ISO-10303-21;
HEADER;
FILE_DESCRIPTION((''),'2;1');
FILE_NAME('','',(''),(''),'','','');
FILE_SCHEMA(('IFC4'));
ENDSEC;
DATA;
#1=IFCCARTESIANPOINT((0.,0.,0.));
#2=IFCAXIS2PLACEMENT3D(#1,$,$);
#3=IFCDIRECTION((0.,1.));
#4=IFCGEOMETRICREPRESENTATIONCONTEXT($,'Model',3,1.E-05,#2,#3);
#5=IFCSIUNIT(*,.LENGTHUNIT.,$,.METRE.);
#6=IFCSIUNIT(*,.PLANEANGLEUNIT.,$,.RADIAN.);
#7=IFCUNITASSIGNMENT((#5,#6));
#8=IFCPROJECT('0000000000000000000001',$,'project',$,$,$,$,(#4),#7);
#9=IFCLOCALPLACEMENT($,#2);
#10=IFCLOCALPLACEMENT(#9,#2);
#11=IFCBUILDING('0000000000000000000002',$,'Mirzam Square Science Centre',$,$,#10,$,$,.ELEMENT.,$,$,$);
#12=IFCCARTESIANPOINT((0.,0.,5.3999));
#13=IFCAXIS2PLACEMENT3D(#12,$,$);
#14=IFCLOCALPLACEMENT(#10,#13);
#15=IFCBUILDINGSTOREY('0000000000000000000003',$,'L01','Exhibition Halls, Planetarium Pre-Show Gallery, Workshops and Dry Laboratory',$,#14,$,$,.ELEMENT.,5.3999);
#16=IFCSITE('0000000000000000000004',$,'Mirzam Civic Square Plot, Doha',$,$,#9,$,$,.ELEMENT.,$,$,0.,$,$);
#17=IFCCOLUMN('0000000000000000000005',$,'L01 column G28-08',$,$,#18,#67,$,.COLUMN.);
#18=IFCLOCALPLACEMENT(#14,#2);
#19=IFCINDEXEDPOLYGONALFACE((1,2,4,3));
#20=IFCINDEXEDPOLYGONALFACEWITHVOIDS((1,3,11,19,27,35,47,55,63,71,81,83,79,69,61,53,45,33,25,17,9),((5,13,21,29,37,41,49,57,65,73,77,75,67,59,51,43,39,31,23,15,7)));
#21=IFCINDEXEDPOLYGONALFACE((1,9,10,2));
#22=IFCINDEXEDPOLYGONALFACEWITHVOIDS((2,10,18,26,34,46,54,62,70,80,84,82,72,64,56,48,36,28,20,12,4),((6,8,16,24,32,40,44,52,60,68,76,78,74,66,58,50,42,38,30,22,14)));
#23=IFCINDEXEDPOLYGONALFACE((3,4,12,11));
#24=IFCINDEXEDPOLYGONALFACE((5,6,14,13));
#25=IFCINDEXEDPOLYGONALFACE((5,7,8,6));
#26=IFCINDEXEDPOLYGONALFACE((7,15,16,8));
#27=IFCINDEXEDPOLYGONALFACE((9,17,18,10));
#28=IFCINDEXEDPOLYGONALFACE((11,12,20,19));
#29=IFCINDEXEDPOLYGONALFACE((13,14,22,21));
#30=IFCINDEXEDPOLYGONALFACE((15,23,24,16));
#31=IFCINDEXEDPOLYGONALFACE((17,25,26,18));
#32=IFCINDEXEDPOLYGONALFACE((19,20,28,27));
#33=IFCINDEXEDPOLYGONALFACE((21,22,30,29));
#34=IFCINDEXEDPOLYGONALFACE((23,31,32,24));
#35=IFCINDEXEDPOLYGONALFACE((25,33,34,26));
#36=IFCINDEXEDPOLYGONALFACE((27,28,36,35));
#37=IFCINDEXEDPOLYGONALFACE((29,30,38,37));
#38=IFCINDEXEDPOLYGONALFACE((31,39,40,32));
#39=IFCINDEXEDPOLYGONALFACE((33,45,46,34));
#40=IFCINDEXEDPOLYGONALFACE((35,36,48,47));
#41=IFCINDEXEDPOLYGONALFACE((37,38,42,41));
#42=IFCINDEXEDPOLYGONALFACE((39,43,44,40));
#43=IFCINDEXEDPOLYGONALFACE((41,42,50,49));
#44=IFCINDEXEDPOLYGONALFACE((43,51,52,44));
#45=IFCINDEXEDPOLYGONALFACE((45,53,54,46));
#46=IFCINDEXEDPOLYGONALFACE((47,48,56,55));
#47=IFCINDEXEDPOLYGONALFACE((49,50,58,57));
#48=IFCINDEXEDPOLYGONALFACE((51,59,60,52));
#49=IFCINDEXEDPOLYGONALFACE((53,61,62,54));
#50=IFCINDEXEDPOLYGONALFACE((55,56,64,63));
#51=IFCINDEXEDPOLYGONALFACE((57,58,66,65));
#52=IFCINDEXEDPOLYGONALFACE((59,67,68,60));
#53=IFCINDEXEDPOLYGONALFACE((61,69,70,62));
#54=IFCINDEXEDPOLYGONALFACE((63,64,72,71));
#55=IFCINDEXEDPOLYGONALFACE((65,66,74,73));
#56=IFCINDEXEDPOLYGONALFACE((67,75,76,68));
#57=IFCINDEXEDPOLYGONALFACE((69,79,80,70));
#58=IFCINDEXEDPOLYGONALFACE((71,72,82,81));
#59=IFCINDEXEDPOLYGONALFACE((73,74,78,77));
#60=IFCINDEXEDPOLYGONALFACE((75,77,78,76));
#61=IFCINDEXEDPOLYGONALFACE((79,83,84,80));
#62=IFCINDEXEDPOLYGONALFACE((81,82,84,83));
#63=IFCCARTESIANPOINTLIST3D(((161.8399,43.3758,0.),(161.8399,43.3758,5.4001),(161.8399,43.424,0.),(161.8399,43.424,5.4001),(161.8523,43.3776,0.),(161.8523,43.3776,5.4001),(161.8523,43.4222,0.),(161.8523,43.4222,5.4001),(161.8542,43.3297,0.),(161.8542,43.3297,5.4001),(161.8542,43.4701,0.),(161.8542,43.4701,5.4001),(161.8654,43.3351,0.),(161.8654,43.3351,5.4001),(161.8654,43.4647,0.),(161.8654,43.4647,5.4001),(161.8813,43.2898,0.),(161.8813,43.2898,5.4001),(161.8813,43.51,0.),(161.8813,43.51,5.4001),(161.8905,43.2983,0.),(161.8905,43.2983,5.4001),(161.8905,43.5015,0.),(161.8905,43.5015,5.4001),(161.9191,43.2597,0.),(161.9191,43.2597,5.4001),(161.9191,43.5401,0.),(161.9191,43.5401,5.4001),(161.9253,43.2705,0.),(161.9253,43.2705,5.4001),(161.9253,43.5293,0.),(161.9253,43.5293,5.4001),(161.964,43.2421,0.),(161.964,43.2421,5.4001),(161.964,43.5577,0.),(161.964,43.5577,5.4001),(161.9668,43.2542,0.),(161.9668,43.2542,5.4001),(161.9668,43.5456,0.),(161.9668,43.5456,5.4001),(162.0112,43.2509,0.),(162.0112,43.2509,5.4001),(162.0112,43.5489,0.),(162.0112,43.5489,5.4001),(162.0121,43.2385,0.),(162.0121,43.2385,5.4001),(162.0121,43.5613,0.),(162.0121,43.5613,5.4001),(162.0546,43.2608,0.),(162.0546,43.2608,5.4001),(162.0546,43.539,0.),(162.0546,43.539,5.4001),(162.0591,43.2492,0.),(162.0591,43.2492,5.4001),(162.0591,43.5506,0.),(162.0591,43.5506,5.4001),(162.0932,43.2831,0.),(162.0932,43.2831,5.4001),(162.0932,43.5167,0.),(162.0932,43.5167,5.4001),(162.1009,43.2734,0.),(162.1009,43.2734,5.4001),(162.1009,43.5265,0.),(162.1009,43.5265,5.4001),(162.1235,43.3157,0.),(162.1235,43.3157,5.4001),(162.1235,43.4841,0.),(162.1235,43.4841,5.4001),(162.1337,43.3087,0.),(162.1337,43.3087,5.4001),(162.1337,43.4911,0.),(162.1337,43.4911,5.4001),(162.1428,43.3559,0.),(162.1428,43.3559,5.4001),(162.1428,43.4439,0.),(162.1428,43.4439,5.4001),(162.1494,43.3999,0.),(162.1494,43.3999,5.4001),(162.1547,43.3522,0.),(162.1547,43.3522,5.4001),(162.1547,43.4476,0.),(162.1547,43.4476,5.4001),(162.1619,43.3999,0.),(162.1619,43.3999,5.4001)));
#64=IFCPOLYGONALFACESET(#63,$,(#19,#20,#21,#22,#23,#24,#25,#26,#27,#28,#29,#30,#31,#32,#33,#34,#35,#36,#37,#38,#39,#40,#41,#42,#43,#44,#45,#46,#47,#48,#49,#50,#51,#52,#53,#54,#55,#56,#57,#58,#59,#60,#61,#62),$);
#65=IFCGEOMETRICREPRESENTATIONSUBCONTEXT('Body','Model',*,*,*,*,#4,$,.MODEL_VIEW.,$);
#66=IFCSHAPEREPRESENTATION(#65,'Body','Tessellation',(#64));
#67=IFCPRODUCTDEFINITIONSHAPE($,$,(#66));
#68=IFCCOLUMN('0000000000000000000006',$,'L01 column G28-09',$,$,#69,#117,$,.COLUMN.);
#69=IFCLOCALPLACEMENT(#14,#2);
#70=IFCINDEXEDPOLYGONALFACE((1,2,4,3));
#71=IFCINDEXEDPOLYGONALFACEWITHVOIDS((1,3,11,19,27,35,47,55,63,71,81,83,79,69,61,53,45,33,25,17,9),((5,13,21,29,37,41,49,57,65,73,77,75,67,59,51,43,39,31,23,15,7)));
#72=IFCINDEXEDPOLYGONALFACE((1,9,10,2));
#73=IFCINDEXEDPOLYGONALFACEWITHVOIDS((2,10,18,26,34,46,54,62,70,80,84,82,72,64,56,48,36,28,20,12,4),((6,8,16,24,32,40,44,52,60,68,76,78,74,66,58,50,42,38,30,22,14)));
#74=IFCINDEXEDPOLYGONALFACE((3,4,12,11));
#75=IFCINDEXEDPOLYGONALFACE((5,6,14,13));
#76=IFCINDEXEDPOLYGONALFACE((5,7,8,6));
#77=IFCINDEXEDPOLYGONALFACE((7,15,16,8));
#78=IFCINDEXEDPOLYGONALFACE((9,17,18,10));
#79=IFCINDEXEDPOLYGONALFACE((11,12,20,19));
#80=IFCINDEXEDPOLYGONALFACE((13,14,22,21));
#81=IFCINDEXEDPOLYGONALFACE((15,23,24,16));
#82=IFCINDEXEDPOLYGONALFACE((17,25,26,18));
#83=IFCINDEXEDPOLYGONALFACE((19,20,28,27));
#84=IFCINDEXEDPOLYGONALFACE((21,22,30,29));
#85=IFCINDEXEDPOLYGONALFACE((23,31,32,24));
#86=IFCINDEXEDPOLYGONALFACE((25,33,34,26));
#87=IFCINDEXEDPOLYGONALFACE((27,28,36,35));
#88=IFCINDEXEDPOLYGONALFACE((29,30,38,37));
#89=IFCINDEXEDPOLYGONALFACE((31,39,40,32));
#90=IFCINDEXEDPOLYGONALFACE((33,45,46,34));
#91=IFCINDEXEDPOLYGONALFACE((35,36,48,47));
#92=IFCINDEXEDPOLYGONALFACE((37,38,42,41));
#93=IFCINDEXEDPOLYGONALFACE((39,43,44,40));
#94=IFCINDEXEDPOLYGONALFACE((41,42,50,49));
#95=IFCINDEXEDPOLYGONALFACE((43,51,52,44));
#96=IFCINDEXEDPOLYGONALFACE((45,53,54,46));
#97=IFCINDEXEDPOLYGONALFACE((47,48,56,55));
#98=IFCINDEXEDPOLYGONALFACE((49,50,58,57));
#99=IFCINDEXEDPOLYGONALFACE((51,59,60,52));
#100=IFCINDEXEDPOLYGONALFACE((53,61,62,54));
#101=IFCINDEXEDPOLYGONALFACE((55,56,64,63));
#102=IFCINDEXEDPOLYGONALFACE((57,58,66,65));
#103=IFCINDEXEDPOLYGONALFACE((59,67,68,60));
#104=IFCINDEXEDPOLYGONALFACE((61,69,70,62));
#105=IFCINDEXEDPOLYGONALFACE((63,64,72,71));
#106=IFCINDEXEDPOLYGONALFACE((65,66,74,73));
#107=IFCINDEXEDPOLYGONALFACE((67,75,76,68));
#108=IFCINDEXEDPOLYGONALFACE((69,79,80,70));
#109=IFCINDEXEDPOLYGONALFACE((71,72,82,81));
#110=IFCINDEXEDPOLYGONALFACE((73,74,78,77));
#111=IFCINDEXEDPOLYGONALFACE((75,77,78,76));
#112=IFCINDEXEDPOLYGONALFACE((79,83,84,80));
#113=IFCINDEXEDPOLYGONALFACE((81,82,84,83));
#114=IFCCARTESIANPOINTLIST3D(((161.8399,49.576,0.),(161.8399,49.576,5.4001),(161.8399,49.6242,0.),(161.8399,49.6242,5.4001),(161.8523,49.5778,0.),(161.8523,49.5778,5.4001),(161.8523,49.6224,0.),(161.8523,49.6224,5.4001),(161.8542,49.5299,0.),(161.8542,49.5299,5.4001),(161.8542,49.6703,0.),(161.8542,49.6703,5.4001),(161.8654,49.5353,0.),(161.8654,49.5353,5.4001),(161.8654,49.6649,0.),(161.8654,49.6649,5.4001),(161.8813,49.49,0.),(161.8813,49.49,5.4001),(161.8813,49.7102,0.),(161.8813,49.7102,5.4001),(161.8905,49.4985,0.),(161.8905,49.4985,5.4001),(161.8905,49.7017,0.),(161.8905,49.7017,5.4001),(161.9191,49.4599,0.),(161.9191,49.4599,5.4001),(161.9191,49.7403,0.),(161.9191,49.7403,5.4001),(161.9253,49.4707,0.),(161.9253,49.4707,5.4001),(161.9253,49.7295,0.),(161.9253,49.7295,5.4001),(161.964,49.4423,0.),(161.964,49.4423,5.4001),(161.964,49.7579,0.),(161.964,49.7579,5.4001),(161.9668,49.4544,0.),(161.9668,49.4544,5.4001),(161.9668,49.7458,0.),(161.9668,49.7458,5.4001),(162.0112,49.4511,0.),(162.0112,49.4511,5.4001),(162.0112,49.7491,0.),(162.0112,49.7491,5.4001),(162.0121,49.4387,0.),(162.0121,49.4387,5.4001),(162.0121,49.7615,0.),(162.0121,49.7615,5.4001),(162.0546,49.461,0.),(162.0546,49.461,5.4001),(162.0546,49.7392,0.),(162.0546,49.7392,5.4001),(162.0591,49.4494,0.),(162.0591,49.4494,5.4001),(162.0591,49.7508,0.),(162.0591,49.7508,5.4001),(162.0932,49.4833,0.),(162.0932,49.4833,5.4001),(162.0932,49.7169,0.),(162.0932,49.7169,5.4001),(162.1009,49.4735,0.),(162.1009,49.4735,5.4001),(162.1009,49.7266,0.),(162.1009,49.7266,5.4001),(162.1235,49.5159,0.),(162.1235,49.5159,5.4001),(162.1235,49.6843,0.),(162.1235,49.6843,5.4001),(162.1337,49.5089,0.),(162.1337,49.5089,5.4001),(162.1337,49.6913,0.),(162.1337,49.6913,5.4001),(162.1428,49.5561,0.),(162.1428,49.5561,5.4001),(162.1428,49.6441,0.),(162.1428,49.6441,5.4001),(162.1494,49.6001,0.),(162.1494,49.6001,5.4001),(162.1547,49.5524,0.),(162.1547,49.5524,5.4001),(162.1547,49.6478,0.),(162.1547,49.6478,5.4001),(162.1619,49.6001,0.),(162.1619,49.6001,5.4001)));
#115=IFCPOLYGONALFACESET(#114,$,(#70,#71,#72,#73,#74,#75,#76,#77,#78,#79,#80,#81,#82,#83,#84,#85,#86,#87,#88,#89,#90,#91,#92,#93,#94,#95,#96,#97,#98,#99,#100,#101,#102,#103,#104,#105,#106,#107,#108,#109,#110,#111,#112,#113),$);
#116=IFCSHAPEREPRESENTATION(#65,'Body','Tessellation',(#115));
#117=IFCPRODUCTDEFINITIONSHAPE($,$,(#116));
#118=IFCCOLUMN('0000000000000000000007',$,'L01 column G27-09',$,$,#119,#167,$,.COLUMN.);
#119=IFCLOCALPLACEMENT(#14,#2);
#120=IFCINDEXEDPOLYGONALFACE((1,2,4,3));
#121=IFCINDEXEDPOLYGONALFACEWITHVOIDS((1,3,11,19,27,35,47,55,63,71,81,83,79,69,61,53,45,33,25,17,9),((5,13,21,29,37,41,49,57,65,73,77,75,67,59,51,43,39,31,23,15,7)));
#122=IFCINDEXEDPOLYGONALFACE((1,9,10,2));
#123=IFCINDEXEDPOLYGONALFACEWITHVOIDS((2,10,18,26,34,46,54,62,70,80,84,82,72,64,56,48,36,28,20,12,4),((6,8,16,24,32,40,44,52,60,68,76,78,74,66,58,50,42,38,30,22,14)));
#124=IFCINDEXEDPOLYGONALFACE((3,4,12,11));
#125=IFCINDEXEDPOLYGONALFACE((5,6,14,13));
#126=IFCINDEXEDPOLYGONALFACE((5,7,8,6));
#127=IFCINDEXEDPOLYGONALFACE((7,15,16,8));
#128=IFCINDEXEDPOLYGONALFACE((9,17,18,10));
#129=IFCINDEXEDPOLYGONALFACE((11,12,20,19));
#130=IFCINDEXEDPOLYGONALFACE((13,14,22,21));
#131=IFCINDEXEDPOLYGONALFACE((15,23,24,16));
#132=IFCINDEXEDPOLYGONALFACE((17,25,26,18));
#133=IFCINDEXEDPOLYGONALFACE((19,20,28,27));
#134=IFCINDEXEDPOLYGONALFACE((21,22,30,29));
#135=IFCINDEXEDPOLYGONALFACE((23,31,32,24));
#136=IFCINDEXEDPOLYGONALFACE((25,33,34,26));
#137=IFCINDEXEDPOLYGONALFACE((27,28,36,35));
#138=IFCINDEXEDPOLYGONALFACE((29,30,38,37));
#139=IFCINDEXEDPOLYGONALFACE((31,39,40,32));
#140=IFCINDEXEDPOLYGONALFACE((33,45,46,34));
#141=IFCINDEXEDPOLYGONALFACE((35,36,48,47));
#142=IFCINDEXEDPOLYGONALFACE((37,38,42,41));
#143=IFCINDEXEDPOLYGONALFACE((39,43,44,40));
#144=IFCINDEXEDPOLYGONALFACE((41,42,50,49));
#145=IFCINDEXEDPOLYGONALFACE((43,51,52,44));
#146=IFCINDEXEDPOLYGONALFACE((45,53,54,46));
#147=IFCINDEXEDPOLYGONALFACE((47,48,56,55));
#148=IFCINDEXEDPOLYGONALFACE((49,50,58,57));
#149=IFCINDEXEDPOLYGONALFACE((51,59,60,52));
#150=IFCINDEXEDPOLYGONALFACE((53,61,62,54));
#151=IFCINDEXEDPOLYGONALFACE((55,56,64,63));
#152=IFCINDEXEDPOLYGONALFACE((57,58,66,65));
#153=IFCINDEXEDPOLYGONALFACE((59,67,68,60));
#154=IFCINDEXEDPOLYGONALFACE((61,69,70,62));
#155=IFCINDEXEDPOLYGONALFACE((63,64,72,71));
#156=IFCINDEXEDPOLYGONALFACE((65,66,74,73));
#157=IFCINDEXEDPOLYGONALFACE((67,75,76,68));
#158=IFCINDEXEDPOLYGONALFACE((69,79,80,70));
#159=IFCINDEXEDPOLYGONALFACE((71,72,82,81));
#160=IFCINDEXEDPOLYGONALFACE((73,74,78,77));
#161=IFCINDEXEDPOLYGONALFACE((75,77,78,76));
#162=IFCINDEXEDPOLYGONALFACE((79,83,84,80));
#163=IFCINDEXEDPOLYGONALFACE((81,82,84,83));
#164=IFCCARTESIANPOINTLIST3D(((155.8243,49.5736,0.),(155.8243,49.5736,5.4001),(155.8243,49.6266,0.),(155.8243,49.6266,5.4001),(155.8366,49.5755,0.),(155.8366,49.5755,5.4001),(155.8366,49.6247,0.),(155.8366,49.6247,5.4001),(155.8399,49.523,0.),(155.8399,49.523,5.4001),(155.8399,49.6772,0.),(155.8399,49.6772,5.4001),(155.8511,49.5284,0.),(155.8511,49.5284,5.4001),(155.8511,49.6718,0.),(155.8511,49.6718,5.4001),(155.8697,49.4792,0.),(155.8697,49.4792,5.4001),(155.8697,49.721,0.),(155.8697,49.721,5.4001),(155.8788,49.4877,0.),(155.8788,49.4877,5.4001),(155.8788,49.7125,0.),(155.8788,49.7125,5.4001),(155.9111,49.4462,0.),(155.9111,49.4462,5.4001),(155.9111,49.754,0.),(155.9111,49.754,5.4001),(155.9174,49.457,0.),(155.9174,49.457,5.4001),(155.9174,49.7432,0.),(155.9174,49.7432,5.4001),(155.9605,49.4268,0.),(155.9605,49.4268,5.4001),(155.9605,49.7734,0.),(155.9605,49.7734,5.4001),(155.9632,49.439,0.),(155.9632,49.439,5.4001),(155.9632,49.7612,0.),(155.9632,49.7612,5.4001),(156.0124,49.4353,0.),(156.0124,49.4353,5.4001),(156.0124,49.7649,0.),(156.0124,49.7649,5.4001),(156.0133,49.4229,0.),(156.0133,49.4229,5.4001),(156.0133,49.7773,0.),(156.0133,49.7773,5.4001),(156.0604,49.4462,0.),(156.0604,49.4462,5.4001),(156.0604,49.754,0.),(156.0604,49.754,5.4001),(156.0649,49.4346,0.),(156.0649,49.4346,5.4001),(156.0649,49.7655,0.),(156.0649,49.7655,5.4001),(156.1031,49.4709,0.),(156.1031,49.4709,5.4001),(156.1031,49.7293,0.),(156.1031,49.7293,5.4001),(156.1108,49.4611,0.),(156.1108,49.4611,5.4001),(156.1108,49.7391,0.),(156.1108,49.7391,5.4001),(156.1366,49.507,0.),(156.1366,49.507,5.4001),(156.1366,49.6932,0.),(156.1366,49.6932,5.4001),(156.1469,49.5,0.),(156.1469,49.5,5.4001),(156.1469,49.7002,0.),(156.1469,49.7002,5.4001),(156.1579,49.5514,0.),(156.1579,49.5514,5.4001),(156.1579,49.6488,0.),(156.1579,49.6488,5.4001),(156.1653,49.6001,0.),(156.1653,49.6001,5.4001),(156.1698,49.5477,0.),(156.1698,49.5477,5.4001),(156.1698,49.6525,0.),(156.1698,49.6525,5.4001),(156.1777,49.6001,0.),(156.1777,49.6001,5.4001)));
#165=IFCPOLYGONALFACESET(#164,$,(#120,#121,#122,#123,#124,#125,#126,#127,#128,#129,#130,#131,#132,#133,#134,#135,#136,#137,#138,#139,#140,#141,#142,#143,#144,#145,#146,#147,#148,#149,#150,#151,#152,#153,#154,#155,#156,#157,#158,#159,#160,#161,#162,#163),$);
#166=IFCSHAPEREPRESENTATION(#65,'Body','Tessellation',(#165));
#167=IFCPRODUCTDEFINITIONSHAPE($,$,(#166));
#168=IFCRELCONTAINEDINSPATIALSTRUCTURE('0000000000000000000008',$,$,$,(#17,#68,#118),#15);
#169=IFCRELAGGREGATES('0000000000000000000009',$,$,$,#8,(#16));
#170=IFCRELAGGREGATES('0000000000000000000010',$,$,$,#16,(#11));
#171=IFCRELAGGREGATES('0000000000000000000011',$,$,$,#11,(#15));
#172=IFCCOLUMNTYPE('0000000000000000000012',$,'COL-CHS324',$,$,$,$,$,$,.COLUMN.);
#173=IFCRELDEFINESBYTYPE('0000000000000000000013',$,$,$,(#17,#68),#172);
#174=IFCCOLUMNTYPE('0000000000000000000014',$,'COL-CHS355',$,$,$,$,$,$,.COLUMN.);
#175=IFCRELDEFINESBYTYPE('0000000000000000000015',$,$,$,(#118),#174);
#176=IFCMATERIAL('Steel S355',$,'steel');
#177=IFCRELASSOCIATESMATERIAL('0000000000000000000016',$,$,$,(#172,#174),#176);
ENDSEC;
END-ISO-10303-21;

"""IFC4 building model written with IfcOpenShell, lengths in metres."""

from ifc_helpers import new_model, si_unit, direction, frame, origin, origin_2d, place, context, subcontext, project, spatial, hollow_circle, extrude, material, material_profile, profile_set, type_object, element, save


model = new_model("IFC4")

# Units and contexts
model_context = context("Model", 3, precision=1e-05, world=origin(), true_north=direction((0.0, 1.0)))
body_context = subcontext(model_context, "Body", "Model", "MODEL_VIEW")
ifc_project = project(units=[si_unit("LENGTHUNIT", "METRE"), si_unit("PLANEANGLEUNIT", "RADIAN")], contexts=[model_context])

# Site, building, storey
site_placement = place(None, origin())
site = spatial("IfcSite", under=ifc_project, at=site_placement, Name="Mirzam Civic Square Plot, Doha", CompositionType="ELEMENT", RefElevation=0.0)
building_placement = place(site_placement, origin())
building = spatial("IfcBuilding", under=site, at=building_placement, Name="Mirzam Square Science Centre", CompositionType="ELEMENT")
storey_placement = place(building_placement, frame((0.0, 0.0, 5.3999)))
storey = spatial("IfcBuildingStorey", under=building, at=storey_placement, Name="L01", Description="Exhibition Halls, Planetarium Pre-Show Gallery, Workshops and Dry Laboratory", CompositionType="ELEMENT", Elevation=5.3999)

# Columns
ifc_material_1 = material(Name="Steel S355", Category="steel")
ifc_material_profile_1 = material_profile(ifc_material_1, hollow_circle(Radius=0.1619, WallThickness=0.0125, at=origin_2d()), Name="323.9x12.5CHS")
ifc_profile_set_1 = profile_set([ifc_material_profile_1], Name="Steel S355")
column_type_1 = type_object("IfcColumnType", Name="COL-CHS324", PredefinedType="COLUMN", material=ifc_profile_set_1)
for number, where, z_axis, x_axis, name in (
    (1, (162.0, 43.3999, 0.0), (0.0, 0.0, 1.0), (1.0, 0.0, 0.0), "L01 column G28-08"),
    (2, (162.0, 49.6001, 0.0), (0.0, 0.0, 1.0), (1.0, 0.0, 0.0), "L01 column G28-09"),
):
    element("IfcColumn", number, at=place(storey_placement, frame(where, z_axis=z_axis, x_axis=x_axis)), inside=storey, type_object=column_type_1, Name=name, PredefinedType="COLUMN", context=body_context, shape_type="SweptSolid", body=[
        extrude(hollow_circle(Radius=0.1619, WallThickness=0.0125, at=origin_2d()), origin(), (0.0, 0.0, 1.0), 5.4001),
    ])
ifc_material_profile_2 = material_profile(ifc_material_1, hollow_circle(Radius=0.1777, WallThickness=0.0125, at=origin_2d()), Name="355.6x12.5CHS")
ifc_profile_set_2 = profile_set([ifc_material_profile_2], Name="Steel S355")
column_type_2 = type_object("IfcColumnType", Name="COL-CHS355", PredefinedType="COLUMN", material=ifc_profile_set_2)
column_1_placement = place(storey_placement, frame((156.0, 49.6001, 0.0), z_axis=(0.0, 0.0, 1.0), x_axis=(1.0, 0.0, 0.0)))
element("IfcColumn", 3, at=column_1_placement, inside=storey, type_object=column_type_2, Name="L01 column G27-09", PredefinedType="COLUMN", context=body_context, shape_type="SweptSolid", body=[
    extrude(hollow_circle(Radius=0.1777, WallThickness=0.0125, at=origin_2d()), origin(), (0.0, 0.0, 1.0), 5.4001),
])

save(model, "model.ifc")
